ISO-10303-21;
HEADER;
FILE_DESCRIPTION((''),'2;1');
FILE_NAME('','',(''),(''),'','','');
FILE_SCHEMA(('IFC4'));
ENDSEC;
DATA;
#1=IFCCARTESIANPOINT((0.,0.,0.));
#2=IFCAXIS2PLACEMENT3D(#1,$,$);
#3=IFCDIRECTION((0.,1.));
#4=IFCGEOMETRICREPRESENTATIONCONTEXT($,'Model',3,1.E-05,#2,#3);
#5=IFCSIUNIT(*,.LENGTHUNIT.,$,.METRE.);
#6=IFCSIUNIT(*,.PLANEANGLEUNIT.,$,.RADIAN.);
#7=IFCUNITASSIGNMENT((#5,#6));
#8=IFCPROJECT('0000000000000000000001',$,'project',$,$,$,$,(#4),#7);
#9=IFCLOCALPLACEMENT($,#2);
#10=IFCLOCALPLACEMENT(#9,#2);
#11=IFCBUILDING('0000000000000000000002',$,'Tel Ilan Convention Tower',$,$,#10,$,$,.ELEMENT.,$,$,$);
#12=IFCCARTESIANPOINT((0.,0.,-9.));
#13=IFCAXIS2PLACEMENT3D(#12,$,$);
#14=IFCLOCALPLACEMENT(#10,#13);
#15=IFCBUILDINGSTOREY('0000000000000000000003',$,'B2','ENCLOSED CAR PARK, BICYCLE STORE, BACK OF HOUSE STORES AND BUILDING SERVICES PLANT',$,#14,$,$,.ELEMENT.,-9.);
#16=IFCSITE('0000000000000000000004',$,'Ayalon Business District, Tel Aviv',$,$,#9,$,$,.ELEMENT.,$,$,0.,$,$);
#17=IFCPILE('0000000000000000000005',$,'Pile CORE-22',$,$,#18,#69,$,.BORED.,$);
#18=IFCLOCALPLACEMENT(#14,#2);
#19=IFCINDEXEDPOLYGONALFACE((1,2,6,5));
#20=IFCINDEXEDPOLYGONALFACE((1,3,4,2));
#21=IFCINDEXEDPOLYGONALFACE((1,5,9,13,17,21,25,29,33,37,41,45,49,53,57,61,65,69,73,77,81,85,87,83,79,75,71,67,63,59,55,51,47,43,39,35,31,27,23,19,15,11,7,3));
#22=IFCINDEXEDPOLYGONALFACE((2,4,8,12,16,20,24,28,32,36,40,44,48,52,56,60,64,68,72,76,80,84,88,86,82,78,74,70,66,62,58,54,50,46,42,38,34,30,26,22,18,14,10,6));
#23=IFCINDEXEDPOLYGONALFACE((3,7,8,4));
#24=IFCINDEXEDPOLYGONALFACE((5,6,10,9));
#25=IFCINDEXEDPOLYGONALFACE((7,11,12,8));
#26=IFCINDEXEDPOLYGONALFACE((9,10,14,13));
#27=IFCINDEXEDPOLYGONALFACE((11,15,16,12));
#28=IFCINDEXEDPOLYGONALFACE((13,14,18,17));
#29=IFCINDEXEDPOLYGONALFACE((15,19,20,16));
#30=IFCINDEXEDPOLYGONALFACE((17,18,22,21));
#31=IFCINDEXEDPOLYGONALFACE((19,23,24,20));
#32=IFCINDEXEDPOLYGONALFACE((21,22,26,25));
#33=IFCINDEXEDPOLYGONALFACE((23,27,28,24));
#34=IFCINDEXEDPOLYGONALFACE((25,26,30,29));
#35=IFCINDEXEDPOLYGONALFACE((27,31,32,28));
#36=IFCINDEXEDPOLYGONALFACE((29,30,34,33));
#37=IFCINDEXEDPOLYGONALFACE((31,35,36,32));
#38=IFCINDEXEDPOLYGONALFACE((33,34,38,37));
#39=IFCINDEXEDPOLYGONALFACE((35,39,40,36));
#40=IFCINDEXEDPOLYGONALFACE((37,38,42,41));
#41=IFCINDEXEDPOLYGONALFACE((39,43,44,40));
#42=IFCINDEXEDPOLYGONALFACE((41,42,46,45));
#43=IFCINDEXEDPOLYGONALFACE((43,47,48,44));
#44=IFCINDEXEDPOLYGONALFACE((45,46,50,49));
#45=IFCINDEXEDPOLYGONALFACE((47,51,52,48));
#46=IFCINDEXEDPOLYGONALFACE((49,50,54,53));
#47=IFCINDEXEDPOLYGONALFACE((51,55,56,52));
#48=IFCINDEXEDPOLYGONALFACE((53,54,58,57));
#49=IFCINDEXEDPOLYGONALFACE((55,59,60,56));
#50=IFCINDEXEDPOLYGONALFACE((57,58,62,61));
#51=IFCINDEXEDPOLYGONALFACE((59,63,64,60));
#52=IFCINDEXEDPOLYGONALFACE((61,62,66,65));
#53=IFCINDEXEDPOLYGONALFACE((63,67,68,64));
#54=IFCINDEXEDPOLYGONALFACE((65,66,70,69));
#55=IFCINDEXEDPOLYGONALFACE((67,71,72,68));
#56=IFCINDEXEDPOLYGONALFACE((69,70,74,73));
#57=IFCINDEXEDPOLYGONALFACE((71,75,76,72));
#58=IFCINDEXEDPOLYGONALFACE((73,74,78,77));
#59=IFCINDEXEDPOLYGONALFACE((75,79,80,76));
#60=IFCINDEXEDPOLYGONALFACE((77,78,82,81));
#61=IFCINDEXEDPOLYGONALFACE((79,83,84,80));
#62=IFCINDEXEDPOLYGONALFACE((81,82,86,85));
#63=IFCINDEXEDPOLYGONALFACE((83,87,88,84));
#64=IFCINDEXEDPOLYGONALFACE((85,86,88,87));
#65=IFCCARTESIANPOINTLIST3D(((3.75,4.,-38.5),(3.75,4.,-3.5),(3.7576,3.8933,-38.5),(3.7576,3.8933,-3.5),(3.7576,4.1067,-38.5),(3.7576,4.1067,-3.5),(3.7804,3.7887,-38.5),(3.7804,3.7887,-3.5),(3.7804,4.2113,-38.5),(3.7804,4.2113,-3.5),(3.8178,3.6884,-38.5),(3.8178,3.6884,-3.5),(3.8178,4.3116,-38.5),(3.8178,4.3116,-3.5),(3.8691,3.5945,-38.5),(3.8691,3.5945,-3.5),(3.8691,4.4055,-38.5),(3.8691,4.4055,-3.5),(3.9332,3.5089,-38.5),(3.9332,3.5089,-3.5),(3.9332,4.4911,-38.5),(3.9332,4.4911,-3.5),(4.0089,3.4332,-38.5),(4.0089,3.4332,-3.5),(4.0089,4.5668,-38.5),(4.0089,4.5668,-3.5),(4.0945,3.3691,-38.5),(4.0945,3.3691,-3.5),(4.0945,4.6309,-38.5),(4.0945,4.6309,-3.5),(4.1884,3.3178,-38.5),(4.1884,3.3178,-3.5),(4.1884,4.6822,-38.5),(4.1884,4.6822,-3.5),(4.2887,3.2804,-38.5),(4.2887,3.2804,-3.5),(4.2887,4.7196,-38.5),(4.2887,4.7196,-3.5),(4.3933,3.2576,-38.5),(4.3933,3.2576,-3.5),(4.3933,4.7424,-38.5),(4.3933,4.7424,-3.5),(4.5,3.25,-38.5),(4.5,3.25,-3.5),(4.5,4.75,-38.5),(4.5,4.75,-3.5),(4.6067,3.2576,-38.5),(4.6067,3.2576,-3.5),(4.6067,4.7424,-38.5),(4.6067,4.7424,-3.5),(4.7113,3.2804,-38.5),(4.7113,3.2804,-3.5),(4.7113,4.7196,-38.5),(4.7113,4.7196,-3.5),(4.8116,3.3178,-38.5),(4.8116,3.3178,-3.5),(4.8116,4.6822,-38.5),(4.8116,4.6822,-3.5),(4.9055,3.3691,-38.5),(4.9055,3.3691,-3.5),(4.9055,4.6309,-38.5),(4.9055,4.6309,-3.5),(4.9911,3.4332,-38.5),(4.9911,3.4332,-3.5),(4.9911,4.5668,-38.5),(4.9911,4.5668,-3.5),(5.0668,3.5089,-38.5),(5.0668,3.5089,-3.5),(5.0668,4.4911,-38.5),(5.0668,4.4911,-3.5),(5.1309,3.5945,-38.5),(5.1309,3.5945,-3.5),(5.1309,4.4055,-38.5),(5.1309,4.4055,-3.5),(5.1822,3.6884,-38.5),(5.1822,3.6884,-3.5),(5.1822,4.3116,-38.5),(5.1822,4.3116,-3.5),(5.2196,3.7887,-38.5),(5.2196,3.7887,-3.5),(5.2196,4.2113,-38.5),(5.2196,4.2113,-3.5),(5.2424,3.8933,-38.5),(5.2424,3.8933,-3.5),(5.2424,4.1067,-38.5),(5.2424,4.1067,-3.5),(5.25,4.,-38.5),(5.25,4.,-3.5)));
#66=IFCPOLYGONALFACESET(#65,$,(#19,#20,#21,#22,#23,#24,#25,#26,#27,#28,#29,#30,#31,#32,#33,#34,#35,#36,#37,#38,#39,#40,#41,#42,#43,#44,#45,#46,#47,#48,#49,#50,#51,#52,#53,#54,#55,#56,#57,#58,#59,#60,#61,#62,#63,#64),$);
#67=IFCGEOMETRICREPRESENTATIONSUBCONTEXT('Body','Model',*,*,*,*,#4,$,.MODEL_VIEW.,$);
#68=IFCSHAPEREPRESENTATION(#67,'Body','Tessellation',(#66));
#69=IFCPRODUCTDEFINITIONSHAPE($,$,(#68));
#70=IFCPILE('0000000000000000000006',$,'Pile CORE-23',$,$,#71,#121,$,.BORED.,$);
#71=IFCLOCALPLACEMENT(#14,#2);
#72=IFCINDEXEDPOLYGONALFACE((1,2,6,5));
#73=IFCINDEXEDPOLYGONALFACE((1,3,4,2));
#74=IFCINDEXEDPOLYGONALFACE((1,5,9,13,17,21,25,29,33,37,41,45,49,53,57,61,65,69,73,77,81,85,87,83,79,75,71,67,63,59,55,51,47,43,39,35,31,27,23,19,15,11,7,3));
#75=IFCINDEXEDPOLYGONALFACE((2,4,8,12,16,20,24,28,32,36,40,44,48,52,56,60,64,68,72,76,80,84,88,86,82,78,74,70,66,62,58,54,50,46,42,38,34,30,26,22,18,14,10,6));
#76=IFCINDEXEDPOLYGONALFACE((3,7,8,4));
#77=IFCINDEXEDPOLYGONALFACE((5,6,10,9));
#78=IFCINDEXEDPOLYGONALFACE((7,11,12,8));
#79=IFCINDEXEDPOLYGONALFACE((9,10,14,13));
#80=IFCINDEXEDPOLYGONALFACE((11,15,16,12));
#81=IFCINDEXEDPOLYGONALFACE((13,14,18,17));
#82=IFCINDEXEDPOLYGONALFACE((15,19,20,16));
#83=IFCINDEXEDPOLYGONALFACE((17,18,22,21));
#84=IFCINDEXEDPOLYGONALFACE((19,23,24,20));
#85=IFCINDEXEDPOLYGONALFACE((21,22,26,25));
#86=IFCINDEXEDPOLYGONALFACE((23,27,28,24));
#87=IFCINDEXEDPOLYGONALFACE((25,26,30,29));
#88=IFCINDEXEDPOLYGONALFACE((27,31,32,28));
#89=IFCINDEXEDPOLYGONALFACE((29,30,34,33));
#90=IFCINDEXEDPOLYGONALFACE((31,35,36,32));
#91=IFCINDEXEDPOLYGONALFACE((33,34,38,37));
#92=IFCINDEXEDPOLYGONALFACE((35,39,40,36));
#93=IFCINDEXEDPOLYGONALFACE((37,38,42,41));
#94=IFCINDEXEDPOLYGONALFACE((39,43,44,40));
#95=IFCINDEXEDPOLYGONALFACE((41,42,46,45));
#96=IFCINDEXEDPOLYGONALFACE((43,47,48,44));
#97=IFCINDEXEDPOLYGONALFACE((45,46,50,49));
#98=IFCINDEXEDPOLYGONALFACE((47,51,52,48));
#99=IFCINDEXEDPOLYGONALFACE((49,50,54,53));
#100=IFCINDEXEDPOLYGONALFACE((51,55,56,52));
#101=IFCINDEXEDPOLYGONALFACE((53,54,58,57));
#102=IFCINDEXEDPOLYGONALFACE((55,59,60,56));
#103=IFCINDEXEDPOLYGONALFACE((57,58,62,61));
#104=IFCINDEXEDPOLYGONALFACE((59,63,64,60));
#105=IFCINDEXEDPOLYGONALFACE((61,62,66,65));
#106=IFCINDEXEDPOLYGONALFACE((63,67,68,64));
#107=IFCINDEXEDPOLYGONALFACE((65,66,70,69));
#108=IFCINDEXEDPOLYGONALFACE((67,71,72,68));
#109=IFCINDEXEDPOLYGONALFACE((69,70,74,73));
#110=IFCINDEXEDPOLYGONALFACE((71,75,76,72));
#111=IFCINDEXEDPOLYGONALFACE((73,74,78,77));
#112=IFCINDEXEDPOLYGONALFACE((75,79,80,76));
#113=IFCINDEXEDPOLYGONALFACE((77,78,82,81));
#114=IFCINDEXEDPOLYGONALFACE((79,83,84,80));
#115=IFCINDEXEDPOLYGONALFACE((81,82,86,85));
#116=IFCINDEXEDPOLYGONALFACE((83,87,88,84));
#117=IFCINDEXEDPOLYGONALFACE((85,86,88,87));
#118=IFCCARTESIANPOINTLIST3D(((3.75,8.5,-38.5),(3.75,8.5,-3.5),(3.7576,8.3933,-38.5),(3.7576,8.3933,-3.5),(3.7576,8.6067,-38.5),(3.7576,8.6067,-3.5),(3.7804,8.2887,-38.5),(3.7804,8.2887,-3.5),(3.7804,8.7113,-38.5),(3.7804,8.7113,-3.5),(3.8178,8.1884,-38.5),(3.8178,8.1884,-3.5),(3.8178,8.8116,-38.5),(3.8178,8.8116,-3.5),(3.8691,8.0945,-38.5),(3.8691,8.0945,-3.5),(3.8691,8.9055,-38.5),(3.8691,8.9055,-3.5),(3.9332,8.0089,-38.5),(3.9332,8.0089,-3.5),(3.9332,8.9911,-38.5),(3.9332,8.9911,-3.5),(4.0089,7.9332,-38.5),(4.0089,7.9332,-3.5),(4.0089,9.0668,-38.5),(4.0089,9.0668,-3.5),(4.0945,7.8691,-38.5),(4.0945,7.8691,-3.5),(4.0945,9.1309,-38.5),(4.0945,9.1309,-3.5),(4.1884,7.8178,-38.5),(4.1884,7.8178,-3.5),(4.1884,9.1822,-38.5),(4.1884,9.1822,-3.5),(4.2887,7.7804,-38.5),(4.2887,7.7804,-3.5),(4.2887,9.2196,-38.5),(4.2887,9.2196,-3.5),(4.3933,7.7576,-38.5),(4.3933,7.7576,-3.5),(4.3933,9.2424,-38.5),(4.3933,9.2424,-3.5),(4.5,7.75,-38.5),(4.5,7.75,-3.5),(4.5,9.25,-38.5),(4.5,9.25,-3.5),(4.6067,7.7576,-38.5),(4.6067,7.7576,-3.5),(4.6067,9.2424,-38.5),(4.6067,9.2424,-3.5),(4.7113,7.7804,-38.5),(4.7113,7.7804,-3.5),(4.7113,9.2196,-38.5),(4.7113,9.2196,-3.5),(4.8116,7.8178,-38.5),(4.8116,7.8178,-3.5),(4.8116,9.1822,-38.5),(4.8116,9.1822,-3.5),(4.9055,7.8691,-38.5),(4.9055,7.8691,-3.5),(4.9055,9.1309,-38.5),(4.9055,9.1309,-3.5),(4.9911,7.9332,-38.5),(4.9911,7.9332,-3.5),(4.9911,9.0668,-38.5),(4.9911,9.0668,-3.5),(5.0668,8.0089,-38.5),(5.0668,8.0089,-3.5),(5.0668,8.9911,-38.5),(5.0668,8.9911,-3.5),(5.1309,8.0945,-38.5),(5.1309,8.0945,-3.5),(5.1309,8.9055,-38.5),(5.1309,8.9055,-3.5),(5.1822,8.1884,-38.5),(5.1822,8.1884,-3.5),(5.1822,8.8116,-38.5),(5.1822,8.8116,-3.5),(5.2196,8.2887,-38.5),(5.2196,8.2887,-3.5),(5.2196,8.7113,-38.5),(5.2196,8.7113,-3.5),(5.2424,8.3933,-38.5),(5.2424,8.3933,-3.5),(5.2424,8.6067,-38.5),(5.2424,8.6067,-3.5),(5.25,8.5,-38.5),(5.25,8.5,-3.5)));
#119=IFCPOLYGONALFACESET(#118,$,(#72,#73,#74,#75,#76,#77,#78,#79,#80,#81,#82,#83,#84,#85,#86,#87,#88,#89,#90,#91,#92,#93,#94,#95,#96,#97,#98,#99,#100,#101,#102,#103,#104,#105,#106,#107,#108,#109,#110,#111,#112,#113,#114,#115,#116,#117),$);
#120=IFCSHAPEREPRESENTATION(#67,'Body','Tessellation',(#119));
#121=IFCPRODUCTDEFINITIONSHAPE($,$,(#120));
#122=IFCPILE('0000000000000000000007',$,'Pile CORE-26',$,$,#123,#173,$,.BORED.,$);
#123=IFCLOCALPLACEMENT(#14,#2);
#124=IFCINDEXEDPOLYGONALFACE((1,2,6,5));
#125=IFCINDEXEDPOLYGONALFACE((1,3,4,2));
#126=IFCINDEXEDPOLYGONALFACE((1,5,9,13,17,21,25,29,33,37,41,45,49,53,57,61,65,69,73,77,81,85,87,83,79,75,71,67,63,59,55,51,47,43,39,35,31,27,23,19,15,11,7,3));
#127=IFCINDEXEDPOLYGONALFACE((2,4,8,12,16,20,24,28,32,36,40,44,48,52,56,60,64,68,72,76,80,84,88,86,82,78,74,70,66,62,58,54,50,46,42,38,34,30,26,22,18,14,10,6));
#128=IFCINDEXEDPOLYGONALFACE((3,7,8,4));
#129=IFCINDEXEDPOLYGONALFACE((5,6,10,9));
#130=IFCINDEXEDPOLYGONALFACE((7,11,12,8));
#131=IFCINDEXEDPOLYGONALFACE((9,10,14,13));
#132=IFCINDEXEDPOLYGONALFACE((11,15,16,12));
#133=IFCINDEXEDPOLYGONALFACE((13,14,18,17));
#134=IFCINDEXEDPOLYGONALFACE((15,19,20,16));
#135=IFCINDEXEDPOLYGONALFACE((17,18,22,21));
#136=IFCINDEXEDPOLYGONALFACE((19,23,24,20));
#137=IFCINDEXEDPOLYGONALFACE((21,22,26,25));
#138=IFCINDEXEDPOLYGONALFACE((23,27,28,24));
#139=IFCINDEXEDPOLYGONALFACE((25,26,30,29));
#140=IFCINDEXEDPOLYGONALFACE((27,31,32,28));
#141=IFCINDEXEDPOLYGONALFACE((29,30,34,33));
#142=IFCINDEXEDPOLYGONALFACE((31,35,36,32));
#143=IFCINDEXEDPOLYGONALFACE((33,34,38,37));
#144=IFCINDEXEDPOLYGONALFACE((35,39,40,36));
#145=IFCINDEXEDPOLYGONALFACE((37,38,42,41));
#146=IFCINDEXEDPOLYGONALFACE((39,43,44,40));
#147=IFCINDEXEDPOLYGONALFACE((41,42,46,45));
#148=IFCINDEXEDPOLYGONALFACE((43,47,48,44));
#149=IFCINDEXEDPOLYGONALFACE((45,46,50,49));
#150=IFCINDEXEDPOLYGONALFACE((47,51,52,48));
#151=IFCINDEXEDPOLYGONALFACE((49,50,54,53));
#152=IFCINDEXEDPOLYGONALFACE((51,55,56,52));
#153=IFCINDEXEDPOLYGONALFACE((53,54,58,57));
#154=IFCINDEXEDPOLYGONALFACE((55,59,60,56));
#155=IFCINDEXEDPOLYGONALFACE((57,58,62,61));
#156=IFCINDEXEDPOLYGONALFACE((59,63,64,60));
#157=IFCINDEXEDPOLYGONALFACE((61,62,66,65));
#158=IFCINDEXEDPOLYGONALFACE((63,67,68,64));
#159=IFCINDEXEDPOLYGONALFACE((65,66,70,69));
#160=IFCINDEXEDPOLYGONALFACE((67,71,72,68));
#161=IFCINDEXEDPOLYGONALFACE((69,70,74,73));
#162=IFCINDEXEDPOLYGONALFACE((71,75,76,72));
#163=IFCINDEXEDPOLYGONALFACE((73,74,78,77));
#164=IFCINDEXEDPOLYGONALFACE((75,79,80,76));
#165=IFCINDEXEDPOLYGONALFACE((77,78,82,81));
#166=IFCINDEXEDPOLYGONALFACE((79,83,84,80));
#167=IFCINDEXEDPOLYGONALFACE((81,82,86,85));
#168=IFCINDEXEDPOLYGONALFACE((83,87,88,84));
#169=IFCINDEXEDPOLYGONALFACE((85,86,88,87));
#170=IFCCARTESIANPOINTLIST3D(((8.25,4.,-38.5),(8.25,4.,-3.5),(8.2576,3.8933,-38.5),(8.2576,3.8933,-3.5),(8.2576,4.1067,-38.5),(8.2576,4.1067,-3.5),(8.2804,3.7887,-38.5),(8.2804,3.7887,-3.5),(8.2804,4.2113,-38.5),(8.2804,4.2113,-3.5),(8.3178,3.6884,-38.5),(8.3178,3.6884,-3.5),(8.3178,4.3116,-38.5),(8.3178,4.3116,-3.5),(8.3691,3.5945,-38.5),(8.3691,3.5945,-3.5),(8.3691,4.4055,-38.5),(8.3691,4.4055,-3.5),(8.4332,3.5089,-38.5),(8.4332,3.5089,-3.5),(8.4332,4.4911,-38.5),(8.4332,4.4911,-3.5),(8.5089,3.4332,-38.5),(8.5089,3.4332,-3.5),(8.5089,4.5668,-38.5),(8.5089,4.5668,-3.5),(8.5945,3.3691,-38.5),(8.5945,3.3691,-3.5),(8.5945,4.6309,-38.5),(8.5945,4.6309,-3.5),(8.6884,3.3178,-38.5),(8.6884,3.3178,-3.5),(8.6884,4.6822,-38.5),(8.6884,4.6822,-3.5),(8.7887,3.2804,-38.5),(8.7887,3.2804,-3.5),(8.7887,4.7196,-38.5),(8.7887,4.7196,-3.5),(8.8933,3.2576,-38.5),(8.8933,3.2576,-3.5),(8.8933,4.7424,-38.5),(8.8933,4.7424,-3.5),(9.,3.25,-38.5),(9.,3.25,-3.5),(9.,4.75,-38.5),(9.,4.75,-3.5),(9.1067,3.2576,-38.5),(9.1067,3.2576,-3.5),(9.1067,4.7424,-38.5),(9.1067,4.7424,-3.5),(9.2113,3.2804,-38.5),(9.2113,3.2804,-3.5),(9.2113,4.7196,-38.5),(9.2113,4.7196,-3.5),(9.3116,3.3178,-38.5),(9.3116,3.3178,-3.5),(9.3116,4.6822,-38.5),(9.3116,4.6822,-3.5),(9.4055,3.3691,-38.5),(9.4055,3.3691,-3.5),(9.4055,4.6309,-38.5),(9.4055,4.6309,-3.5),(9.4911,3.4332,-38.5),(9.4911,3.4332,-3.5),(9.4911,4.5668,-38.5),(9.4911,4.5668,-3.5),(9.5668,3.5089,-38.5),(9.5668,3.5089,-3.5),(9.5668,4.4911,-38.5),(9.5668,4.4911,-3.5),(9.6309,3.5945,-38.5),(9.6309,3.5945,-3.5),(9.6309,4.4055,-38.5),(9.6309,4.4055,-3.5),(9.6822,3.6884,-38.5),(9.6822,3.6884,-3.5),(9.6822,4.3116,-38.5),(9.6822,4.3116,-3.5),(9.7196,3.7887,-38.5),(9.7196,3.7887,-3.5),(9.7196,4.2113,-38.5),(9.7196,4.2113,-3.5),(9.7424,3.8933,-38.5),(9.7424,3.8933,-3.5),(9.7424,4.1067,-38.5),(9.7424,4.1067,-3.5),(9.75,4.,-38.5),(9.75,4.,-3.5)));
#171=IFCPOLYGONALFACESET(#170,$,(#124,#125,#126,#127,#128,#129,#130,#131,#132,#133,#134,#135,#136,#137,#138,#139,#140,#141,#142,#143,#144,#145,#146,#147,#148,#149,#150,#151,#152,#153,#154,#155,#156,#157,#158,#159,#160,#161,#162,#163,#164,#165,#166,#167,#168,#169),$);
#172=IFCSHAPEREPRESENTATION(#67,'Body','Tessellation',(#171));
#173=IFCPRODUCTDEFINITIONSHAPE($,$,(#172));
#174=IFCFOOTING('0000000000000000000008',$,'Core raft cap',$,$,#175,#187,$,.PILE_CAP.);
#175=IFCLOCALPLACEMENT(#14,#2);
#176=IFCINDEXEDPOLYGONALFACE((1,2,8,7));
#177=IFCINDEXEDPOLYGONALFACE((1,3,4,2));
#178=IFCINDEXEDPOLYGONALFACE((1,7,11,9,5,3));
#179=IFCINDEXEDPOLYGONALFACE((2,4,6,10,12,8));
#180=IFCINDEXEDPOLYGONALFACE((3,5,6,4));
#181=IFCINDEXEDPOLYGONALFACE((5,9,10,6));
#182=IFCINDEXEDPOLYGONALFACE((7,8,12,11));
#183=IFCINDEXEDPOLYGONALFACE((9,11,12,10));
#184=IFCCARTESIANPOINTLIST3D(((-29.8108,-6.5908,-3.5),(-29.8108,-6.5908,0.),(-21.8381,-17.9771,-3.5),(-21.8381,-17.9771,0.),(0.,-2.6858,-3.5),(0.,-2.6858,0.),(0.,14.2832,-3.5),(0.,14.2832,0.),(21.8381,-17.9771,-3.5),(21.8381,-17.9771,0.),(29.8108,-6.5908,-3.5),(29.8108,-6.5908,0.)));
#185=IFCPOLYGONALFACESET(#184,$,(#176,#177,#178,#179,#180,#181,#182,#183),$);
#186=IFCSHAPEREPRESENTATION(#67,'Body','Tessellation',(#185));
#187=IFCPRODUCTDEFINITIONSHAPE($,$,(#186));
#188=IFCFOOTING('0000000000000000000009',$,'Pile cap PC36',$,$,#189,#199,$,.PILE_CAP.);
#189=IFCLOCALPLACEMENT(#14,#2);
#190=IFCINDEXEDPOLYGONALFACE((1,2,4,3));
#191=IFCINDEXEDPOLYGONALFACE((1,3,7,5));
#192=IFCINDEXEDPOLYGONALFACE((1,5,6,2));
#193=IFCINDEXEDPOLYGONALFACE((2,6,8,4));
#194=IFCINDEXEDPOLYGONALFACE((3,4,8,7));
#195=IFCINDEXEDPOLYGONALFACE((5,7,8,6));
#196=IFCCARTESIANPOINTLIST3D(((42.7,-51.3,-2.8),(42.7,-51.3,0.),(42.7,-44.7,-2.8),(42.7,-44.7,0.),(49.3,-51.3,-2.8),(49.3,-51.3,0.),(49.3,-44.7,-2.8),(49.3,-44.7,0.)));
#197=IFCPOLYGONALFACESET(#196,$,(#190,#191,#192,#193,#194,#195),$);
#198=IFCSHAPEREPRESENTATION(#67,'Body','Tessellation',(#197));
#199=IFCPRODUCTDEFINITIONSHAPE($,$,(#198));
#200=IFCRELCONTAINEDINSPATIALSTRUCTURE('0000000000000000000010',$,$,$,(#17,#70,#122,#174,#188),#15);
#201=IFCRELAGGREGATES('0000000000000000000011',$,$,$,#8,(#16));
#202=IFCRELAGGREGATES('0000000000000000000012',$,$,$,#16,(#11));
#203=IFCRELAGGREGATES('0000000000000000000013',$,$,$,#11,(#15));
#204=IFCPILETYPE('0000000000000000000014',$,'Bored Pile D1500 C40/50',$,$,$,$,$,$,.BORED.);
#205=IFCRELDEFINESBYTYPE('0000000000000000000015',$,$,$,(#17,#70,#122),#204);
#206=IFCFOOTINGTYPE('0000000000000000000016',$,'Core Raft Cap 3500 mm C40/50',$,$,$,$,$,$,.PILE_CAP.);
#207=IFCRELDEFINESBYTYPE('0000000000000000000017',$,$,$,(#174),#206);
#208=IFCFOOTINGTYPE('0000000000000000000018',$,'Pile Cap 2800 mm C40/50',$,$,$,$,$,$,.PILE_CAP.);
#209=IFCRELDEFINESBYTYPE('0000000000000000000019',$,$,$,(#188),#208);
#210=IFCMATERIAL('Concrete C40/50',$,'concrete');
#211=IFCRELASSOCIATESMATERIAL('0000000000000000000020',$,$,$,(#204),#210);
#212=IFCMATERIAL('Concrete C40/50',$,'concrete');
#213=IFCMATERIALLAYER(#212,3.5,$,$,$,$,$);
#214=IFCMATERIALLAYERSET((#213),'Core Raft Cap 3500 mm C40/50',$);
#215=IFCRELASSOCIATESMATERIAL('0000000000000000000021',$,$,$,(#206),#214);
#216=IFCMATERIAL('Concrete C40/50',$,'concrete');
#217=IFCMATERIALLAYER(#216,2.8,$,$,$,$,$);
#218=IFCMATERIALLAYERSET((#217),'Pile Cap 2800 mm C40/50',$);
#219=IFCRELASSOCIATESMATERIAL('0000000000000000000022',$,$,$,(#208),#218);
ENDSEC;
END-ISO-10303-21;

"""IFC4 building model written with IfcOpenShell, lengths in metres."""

from ifc_helpers import new_model, si_unit, direction, frame, origin, origin_2d, place, context, subcontext, project, spatial, polyline, circle, outline, extrude, material, layer, layer_set, material_profile, profile_set, type_object, element, save


model = new_model("IFC4")

# Units and contexts
model_context = context("Model", 3, precision=1e-05, world=origin(), true_north=direction((0.0, 1.0)))
body_context = subcontext(model_context, "Body", "Model", "MODEL_VIEW")
ifc_project = project(units=[si_unit("LENGTHUNIT", "METRE"), si_unit("PLANEANGLEUNIT", "RADIAN")], contexts=[model_context])

# Site, building, storey
site_placement = place(None, origin())
site = spatial("IfcSite", under=ifc_project, at=site_placement, Name="Ayalon Business District, Tel Aviv", CompositionType="ELEMENT", RefElevation=0.0)
building_placement = place(site_placement, origin())
building = spatial("IfcBuilding", under=site, at=building_placement, Name="Tel Ilan Convention Tower", CompositionType="ELEMENT")
storey_placement = place(building_placement, frame((0.0, 0.0, -9.0)))
storey = spatial("IfcBuildingStorey", under=building, at=storey_placement, Name="B2", Description="ENCLOSED CAR PARK, BICYCLE STORE, BACK OF HOUSE STORES AND BUILDING SERVICES PLANT", CompositionType="ELEMENT", Elevation=-9.0)

# Piles
ifc_material_1 = material(Name="Concrete C40/50", Category="concrete")
ifc_material_profile = material_profile(ifc_material_1, circle(Radius=0.75, at=origin_2d()), Name="BORED D1500")
ifc_profile_set = profile_set([ifc_material_profile], Name="Concrete C40/50")
pile_type = type_object("IfcPileType", Name="Bored Pile D1500 C40/50", PredefinedType="BORED", material=ifc_profile_set)
for number, where, z_axis, x_axis, name in (
    (1, (4.5, 4.0, -3.5), (0.0, 0.0, -1.0), (1.0, 0.0, 0.0), "Pile CORE-22"),
    (2, (4.5, 8.5, -3.5), (0.0, 0.0, -1.0), (1.0, 0.0, 0.0), "Pile CORE-23"),
    (3, (9.0, 4.0, -3.5), (0.0, 0.0, -1.0), (1.0, 0.0, 0.0), "Pile CORE-26"),
):
    element("IfcPile", number, at=place(storey_placement, frame(where, z_axis=z_axis, x_axis=x_axis)), inside=storey, type_object=pile_type, Name=name, PredefinedType="BORED", context=body_context, shape_type="SweptSolid", body=[
        extrude(circle(Radius=0.75, at=origin_2d()), origin(), (0.0, 0.0, 1.0), 35.0),
    ])

# Footings
ifc_material_2 = material(Name="Concrete C40/50", Category="concrete")
ifc_layer_1 = layer(ifc_material_2, 3.5)
ifc_layer_set_1 = layer_set([ifc_layer_1], Name="Core Raft Cap 3500 mm C40/50")
footing_type_1 = type_object("IfcFootingType", Name="Core Raft Cap 3500 mm C40/50", PredefinedType="PILE_CAP", material=ifc_layer_set_1)
footing_1_placement = place(storey_placement, frame((0.0, 0.0, -3.5)))
element("IfcFooting", 4, at=footing_1_placement, inside=storey, type_object=footing_type_1, Name="Core raft cap", PredefinedType="PILE_CAP", context=body_context, shape_type="SweptSolid", body=[
    extrude(outline(polyline([(-21.8381, -17.9771), (0.0, -2.6858), (21.8381, -17.9771), (29.8108, -6.5908), (0.0, 14.2832), (-29.8108, -6.5908), (-21.8381, -17.9771)])), origin(), (0.0, 0.0, 1.0), 3.5),
])
ifc_material_3 = material(Name="Concrete C40/50", Category="concrete")
ifc_layer_2 = layer(ifc_material_3, 2.8)
ifc_layer_set_2 = layer_set([ifc_layer_2], Name="Pile Cap 2800 mm C40/50")
footing_type_2 = type_object("IfcFootingType", Name="Pile Cap 2800 mm C40/50", PredefinedType="PILE_CAP", material=ifc_layer_set_2)
footing_2_placement = place(storey_placement, frame((0.0, 0.0, -2.8)))
element("IfcFooting", 5, at=footing_2_placement, inside=storey, type_object=footing_type_2, Name="Pile cap PC36", PredefinedType="PILE_CAP", context=body_context, shape_type="SweptSolid", body=[
    extrude(outline(polyline([(42.7, -51.3), (49.3, -51.3), (49.3, -44.7), (42.7, -44.7), (42.7, -51.3)])), origin(), (0.0, 0.0, 1.0), 2.8),
])

save(model, "model.ifc")
